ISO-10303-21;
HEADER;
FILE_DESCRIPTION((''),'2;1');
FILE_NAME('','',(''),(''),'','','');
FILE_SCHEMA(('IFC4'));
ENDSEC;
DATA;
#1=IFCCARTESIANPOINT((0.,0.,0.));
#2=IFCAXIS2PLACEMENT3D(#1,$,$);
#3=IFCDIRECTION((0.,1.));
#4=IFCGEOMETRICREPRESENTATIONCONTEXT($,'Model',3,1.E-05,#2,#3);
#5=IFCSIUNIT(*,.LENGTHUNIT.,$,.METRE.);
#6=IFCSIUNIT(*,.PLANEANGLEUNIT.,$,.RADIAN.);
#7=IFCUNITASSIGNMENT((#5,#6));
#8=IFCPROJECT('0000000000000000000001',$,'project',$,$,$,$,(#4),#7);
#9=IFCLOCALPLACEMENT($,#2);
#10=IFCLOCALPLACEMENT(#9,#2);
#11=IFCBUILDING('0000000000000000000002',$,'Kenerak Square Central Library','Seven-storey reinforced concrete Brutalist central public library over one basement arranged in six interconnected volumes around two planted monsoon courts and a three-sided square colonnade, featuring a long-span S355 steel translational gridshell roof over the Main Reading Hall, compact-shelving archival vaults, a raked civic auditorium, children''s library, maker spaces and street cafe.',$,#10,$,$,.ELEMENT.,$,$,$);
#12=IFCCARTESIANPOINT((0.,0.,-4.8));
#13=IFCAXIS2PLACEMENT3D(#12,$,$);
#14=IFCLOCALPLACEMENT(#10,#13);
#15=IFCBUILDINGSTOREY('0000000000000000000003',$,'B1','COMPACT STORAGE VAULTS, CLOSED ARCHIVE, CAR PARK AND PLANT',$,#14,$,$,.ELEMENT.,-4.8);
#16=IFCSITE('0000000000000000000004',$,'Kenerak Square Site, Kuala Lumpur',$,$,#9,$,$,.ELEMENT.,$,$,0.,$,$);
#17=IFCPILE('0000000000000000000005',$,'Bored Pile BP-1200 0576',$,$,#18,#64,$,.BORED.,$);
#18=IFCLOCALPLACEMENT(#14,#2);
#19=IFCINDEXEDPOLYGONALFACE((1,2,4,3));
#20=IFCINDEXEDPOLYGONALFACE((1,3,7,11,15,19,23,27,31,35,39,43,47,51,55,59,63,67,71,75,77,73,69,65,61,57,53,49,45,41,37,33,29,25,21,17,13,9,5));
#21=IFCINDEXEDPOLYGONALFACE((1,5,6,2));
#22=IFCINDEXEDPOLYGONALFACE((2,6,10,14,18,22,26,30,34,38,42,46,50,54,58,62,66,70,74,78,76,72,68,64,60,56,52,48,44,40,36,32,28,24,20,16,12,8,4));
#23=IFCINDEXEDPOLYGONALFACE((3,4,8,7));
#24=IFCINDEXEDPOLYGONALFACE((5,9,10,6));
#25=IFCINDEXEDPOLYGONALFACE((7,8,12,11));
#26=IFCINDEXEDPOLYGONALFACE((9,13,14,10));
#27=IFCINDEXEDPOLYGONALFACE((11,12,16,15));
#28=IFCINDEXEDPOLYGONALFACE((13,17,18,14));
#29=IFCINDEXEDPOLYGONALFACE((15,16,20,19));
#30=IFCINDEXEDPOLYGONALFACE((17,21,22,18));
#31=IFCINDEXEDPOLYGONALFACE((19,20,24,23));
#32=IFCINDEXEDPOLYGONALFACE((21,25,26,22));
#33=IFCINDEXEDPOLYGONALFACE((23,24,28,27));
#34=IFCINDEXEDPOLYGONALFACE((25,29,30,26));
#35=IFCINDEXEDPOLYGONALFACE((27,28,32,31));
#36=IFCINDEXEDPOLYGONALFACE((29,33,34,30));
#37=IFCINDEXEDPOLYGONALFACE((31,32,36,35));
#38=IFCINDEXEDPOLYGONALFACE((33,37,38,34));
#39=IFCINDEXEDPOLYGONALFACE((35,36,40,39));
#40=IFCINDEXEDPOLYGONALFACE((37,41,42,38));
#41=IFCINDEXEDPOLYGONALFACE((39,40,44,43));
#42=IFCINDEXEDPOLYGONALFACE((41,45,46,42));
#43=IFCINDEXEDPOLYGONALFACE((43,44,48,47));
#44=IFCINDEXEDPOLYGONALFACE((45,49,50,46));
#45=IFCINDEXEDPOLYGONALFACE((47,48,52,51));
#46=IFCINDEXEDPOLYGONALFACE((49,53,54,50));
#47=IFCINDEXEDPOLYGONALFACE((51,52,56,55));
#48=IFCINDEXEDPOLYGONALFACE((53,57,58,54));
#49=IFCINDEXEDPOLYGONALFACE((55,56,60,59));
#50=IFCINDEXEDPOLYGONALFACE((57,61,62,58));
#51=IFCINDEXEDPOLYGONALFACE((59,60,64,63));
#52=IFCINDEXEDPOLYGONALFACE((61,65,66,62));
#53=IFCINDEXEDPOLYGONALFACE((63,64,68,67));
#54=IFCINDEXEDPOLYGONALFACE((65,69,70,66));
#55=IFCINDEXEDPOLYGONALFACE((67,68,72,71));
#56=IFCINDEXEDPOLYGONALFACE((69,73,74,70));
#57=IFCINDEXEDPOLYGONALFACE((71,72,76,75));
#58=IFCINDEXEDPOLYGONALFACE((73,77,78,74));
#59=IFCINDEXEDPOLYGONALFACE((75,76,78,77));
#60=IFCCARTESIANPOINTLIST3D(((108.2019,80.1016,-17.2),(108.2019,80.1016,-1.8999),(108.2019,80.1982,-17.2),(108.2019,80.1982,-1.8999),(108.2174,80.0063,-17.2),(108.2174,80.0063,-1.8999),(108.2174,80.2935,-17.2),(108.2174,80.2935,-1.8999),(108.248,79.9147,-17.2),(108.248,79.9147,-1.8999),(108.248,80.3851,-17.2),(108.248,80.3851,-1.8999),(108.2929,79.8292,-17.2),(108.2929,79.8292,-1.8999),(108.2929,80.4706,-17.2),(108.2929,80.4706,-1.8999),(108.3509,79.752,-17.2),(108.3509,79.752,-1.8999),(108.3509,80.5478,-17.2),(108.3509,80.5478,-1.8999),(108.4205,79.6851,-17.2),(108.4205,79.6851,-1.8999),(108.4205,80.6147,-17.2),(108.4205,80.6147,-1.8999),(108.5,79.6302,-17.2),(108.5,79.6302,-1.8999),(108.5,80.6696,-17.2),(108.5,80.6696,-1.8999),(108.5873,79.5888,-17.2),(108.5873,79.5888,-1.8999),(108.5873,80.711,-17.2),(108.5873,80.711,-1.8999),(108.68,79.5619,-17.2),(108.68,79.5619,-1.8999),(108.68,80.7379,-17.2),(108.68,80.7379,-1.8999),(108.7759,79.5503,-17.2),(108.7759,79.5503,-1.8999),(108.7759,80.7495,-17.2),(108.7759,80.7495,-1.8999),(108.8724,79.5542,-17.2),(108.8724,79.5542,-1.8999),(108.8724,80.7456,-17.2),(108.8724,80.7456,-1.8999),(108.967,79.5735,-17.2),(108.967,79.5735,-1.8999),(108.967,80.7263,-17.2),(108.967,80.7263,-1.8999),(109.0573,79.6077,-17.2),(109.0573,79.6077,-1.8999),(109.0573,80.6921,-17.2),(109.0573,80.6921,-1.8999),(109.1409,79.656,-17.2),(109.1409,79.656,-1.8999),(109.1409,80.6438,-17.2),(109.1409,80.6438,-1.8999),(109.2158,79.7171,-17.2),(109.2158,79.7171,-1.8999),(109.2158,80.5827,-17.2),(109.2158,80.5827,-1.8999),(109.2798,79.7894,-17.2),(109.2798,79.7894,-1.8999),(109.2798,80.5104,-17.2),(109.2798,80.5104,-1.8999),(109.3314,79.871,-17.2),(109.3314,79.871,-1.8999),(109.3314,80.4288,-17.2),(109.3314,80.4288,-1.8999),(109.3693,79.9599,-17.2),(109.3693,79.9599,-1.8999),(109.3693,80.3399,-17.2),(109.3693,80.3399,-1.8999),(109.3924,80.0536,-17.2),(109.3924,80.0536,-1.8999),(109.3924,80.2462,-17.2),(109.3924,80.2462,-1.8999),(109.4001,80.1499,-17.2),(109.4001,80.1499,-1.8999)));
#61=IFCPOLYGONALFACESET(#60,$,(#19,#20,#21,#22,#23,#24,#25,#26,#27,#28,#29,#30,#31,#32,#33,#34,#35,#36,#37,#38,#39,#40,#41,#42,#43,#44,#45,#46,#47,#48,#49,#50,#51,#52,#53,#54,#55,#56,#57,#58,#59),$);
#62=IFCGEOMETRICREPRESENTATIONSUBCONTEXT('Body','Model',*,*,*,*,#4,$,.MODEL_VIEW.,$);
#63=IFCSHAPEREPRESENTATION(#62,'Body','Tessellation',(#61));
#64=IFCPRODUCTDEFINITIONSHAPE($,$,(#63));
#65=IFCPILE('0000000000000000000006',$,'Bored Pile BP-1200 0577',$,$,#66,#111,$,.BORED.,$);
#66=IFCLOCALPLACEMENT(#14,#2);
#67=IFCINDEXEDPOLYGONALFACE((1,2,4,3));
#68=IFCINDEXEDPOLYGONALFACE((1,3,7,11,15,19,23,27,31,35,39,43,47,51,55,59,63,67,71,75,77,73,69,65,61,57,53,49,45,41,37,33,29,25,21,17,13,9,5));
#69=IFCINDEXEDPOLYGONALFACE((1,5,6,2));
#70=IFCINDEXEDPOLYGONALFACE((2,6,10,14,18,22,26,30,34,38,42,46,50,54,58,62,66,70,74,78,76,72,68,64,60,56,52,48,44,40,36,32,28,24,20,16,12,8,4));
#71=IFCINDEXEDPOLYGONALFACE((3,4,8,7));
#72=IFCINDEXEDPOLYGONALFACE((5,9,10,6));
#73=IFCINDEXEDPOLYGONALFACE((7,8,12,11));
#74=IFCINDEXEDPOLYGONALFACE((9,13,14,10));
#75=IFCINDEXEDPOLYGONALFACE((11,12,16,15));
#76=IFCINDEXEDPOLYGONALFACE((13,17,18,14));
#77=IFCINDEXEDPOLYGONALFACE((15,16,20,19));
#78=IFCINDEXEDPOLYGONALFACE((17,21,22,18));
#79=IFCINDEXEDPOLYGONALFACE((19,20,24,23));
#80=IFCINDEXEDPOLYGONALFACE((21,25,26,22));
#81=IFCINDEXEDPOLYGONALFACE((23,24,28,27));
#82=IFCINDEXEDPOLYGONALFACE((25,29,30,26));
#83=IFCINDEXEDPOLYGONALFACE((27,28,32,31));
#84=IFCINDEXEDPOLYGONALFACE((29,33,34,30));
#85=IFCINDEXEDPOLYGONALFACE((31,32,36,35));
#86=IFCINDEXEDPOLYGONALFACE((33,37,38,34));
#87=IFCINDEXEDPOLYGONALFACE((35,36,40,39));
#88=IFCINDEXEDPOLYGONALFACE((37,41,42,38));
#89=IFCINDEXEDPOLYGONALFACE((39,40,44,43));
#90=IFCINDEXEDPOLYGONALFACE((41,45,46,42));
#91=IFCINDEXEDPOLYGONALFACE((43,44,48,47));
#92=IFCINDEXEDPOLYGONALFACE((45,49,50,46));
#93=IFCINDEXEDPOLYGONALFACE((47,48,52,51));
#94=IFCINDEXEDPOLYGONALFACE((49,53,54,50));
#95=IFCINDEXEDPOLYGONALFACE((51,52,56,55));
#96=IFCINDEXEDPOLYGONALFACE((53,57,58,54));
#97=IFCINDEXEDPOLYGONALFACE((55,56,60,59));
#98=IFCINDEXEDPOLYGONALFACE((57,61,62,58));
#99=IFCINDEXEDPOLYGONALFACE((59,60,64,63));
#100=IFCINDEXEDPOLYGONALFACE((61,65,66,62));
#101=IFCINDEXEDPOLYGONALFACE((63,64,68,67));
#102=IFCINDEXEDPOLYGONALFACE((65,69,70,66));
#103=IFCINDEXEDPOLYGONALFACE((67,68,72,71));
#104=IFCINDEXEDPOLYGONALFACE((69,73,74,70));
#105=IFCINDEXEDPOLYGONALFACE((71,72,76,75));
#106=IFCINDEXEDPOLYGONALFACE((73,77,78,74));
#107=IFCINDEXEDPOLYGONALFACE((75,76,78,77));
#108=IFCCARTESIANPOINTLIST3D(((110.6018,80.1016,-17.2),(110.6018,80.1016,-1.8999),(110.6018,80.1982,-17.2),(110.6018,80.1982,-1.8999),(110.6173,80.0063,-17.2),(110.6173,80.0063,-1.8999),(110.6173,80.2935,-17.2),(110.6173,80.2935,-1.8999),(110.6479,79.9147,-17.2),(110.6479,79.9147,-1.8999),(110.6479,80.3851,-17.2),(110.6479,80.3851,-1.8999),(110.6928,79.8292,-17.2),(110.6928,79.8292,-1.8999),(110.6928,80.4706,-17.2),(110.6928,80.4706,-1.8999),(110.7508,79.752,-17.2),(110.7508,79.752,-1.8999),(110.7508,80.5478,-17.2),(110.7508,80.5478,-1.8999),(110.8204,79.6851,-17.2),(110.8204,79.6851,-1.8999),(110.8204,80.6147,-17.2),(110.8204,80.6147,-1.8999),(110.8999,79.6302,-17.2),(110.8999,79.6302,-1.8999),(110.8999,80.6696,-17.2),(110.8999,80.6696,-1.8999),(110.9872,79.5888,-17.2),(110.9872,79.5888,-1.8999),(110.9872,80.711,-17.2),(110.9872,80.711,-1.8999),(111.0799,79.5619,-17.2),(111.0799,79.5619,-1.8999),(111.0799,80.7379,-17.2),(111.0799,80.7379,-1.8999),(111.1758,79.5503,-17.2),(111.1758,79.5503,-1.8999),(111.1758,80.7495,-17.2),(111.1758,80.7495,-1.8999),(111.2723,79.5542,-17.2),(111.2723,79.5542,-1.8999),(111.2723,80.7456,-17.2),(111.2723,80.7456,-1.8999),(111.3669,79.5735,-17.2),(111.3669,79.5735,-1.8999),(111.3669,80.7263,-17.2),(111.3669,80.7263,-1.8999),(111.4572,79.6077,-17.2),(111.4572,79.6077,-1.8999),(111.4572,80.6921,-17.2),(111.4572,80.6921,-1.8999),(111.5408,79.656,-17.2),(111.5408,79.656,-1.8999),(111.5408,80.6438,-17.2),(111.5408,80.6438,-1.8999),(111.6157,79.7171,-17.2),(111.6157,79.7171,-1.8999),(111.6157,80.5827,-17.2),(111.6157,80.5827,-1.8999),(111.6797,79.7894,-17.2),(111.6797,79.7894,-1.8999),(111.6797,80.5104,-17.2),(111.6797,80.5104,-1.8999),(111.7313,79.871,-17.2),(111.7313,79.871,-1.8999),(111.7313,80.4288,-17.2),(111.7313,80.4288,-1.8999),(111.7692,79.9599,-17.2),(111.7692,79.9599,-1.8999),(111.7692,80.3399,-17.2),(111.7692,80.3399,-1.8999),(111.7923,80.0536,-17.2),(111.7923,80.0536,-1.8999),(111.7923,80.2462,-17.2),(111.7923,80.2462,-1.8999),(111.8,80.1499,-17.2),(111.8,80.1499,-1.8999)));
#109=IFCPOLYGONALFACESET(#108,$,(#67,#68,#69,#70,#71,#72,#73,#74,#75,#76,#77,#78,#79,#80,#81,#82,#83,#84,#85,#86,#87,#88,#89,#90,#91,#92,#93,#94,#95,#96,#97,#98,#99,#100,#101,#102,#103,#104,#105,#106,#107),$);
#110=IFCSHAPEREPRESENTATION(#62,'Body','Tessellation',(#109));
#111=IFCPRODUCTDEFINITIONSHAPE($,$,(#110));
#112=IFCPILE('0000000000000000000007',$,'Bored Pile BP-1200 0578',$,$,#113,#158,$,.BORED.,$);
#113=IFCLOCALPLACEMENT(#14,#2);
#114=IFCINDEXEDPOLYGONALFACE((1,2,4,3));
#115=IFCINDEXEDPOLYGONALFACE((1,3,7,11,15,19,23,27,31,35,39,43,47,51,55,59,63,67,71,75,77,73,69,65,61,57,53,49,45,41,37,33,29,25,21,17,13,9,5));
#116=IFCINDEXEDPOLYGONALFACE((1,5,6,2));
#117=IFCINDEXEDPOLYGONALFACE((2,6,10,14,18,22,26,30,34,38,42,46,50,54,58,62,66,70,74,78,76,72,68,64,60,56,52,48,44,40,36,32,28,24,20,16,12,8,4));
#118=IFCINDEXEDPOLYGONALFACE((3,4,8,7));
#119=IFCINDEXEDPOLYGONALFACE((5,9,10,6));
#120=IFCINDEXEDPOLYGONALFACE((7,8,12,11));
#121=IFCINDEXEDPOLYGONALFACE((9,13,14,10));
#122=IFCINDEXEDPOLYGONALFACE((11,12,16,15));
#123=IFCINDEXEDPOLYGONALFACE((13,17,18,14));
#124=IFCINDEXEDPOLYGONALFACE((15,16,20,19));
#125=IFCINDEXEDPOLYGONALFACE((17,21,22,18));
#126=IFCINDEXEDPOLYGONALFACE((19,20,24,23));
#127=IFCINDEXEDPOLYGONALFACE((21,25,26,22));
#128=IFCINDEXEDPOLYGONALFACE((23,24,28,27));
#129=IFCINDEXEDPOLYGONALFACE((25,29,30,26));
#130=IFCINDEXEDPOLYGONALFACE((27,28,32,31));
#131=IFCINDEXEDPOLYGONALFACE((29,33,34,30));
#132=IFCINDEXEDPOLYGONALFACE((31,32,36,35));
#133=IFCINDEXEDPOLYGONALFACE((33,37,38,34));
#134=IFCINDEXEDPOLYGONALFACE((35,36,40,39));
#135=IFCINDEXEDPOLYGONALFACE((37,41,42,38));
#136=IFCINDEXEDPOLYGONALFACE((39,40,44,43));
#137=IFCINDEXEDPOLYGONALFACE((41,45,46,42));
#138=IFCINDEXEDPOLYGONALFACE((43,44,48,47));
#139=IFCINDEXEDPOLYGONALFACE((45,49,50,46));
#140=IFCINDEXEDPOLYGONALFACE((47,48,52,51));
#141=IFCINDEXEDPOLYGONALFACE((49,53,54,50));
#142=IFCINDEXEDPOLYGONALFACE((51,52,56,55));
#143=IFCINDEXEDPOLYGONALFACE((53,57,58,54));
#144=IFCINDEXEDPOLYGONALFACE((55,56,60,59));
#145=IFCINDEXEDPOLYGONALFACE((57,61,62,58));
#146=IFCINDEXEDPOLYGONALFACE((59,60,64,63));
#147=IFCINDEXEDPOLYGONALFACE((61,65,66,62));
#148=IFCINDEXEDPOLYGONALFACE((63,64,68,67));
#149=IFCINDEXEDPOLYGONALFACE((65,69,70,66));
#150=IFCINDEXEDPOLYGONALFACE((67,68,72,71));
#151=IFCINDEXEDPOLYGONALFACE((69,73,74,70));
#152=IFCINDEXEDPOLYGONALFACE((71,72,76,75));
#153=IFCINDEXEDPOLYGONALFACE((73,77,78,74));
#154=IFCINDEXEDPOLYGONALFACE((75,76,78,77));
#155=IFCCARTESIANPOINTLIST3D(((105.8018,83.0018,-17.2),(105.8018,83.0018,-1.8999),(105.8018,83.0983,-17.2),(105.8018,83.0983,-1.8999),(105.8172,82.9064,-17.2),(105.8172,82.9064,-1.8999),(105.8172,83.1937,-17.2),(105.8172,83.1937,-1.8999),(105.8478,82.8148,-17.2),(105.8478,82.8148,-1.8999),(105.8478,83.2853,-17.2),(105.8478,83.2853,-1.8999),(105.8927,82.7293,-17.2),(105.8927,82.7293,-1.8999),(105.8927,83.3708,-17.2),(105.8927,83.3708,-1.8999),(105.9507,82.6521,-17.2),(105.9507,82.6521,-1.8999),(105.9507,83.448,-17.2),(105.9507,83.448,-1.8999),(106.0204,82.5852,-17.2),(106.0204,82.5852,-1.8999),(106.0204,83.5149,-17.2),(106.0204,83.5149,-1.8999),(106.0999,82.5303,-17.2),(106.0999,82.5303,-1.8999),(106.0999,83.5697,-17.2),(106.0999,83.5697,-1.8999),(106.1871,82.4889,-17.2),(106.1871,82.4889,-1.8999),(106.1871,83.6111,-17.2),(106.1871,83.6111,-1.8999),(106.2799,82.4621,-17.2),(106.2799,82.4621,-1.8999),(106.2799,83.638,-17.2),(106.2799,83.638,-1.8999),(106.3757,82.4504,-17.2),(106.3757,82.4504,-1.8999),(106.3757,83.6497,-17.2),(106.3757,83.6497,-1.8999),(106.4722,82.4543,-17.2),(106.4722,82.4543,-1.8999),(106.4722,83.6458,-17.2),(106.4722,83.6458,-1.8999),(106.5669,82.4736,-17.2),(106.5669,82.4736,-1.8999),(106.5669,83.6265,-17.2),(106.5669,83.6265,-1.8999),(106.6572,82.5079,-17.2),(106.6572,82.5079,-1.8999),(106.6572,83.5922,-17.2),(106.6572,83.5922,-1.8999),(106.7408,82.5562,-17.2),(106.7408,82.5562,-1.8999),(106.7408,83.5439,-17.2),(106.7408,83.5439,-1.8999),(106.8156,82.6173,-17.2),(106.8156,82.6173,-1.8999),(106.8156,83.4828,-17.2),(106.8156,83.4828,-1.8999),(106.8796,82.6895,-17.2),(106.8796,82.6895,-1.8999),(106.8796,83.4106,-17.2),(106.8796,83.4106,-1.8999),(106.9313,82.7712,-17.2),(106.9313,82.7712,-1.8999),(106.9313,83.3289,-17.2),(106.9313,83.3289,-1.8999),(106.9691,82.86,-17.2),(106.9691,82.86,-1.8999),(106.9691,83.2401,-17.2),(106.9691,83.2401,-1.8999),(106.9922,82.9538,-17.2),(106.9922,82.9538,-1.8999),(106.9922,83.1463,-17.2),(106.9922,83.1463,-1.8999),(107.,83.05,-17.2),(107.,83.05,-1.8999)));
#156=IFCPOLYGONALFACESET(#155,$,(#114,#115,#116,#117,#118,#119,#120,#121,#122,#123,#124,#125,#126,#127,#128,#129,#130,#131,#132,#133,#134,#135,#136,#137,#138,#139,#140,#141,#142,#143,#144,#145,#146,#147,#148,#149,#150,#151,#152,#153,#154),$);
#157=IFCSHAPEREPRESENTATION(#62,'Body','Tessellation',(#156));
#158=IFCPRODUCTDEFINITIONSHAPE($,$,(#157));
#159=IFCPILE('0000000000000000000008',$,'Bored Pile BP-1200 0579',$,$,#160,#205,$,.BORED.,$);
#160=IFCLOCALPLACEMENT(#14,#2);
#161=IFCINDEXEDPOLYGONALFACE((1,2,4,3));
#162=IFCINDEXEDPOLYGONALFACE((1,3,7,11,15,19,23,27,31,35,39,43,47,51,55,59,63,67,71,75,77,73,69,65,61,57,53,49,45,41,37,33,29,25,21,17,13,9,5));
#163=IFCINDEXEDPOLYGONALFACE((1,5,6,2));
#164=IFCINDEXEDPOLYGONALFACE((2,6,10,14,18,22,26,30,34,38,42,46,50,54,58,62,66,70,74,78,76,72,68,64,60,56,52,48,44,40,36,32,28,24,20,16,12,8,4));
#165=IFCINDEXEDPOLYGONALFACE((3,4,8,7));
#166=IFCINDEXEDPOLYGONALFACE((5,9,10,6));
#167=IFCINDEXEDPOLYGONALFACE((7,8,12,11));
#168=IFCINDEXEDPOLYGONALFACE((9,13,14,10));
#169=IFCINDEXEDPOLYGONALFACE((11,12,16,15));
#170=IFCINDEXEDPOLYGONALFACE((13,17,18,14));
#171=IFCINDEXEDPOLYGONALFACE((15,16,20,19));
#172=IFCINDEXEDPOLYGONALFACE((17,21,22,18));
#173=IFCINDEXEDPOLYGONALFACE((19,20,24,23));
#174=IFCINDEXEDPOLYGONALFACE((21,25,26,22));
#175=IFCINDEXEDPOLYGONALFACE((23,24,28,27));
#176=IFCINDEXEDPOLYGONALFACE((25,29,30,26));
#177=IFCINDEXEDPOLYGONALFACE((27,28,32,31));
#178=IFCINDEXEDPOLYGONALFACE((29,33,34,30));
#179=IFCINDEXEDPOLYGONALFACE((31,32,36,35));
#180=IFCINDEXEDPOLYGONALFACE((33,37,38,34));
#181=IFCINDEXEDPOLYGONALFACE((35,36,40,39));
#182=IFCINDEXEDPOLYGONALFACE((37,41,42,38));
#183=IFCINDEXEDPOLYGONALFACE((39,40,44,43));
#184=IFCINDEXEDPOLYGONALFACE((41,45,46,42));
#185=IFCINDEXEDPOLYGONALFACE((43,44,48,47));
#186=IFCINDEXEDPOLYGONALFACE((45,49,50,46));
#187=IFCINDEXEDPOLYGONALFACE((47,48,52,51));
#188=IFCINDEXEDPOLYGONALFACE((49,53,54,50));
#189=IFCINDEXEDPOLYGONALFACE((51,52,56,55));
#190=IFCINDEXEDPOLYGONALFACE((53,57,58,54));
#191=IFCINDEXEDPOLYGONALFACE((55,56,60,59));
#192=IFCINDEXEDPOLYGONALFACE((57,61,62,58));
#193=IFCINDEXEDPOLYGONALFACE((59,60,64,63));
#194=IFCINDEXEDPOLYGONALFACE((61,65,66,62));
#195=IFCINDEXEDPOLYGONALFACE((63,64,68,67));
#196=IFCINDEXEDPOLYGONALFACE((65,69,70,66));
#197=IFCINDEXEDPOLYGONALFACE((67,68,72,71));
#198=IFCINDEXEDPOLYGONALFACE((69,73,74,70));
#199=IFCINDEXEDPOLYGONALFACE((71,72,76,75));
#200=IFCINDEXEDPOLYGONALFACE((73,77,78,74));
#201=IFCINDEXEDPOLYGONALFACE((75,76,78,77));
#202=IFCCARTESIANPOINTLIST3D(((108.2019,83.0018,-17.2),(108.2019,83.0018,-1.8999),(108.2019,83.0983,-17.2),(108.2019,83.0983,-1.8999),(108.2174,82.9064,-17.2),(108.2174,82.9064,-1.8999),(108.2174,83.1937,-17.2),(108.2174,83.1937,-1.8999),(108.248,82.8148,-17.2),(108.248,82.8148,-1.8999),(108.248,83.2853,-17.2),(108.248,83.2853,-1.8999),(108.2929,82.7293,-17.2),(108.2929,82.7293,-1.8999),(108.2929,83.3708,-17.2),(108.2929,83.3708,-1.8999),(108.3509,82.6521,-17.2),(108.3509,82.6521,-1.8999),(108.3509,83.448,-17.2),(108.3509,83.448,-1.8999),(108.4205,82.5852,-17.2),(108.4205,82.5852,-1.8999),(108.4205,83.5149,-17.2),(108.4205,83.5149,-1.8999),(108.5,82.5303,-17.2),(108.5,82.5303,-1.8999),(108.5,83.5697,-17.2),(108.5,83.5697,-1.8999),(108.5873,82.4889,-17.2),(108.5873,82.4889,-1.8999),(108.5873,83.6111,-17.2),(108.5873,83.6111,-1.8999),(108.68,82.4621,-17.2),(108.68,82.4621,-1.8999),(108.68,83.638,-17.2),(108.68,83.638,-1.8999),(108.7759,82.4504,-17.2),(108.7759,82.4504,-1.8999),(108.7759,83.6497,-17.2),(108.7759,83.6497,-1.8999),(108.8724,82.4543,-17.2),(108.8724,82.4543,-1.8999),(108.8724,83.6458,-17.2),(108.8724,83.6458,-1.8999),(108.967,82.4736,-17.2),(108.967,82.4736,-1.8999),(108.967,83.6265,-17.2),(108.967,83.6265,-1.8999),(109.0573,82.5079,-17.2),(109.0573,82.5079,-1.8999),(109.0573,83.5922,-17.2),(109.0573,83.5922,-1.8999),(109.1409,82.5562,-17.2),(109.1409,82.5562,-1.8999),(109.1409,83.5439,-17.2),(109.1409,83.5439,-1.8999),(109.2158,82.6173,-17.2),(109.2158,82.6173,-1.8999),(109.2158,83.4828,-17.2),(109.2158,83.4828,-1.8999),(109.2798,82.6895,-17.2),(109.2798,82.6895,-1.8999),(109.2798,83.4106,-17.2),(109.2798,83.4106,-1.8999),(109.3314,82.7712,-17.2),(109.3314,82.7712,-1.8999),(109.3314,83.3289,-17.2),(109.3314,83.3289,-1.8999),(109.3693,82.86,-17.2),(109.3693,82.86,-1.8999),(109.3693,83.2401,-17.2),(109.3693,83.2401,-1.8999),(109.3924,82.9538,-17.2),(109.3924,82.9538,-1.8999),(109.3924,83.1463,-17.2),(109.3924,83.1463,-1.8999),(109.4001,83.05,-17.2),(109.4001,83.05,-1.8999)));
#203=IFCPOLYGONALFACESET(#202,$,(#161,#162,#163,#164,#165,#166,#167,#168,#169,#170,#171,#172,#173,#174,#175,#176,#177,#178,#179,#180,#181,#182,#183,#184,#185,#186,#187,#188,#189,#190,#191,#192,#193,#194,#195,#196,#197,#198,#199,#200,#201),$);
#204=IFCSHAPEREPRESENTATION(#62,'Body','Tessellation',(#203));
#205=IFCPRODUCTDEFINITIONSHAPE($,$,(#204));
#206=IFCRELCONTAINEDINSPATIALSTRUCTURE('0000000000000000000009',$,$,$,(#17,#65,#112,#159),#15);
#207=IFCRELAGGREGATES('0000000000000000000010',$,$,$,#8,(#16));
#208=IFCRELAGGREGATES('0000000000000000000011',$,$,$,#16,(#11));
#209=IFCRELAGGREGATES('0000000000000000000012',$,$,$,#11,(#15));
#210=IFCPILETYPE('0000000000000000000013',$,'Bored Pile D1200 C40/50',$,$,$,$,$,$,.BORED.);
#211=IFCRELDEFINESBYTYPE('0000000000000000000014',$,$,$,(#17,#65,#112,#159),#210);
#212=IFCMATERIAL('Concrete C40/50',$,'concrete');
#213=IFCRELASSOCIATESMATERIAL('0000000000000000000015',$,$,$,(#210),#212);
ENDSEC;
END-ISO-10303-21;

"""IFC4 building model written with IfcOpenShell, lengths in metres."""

from ifc_helpers import new_model, si_unit, direction, frame, origin, origin_2d, place, context, subcontext, project, spatial, circle, extrude, material, material_profile, profile_set, type_object, element, save


model = new_model("IFC4")

# Units and contexts
model_context = context("Model", 3, precision=1e-05, world=origin(), true_north=direction((0.0, 1.0)))
body_context = subcontext(model_context, "Body", "Model", "MODEL_VIEW")
ifc_project = project(units=[si_unit("LENGTHUNIT", "METRE"), si_unit("PLANEANGLEUNIT", "RADIAN")], contexts=[model_context])

# Site, building, storey
site_placement = place(None, origin())
site = spatial("IfcSite", under=ifc_project, at=site_placement, Name="Kenerak Square Site, Kuala Lumpur", CompositionType="ELEMENT", RefElevation=0.0)
building_placement = place(site_placement, origin())
building = spatial("IfcBuilding", under=site, at=building_placement, Name="Kenerak Square Central Library", Description="Seven-storey reinforced concrete Brutalist central public library over one basement arranged in six interconnected volumes around two planted monsoon courts and a three-sided square colonnade, featuring a long-span S355 steel translational gridshell roof over the Main Reading Hall, compact-shelving archival vaults, a raked civic auditorium, children's library, maker spaces and street cafe.", CompositionType="ELEMENT")
storey_placement = place(building_placement, frame((0.0, 0.0, -4.8)))
storey = spatial("IfcBuildingStorey", under=building, at=storey_placement, Name="B1", Description="COMPACT STORAGE VAULTS, CLOSED ARCHIVE, CAR PARK AND PLANT", CompositionType="ELEMENT", Elevation=-4.8)

# Piles
ifc_material_1 = material(Name="Concrete C40/50", Category="concrete")
ifc_material_profile_1 = material_profile(ifc_material_1, circle(Radius=0.6001, at=origin_2d()), Name="BP D1200")
ifc_profile_set_1 = profile_set([ifc_material_profile_1], Name="Concrete C40/50")
pile_type = type_object("IfcPileType", Name="Bored Pile D1200 C40/50", PredefinedType="BORED", material=ifc_profile_set_1)
for number, where, z_axis, x_axis, name in (
    (1, (108.8, 80.1499, -1.8999), (0.0, 0.0, -1.0), (1.0, 0.0, 0.0), "Bored Pile BP-1200 0576"),
    (2, (111.2, 80.1499, -1.8999), (0.0, 0.0, -1.0), (1.0, 0.0, 0.0), "Bored Pile BP-1200 0577"),
    (3, (106.3999, 83.05, -1.8999), (0.0, 0.0, -1.0), (1.0, 0.0, 0.0), "Bored Pile BP-1200 0578"),
    (4, (108.8, 83.05, -1.8999), (0.0, 0.0, -1.0), (1.0, 0.0, 0.0), "Bored Pile BP-1200 0579"),
):
    element("IfcPile", number, at=place(storey_placement, frame(where, z_axis=z_axis, x_axis=x_axis)), inside=storey, type_object=pile_type, Name=name, PredefinedType="BORED", context=body_context, shape_type="SweptSolid", body=[
        extrude(circle(Radius=0.6001, at=origin_2d()), origin(), (0.0, 0.0, 1.0), 15.3),
    ])

save(model, "model.ifc")
